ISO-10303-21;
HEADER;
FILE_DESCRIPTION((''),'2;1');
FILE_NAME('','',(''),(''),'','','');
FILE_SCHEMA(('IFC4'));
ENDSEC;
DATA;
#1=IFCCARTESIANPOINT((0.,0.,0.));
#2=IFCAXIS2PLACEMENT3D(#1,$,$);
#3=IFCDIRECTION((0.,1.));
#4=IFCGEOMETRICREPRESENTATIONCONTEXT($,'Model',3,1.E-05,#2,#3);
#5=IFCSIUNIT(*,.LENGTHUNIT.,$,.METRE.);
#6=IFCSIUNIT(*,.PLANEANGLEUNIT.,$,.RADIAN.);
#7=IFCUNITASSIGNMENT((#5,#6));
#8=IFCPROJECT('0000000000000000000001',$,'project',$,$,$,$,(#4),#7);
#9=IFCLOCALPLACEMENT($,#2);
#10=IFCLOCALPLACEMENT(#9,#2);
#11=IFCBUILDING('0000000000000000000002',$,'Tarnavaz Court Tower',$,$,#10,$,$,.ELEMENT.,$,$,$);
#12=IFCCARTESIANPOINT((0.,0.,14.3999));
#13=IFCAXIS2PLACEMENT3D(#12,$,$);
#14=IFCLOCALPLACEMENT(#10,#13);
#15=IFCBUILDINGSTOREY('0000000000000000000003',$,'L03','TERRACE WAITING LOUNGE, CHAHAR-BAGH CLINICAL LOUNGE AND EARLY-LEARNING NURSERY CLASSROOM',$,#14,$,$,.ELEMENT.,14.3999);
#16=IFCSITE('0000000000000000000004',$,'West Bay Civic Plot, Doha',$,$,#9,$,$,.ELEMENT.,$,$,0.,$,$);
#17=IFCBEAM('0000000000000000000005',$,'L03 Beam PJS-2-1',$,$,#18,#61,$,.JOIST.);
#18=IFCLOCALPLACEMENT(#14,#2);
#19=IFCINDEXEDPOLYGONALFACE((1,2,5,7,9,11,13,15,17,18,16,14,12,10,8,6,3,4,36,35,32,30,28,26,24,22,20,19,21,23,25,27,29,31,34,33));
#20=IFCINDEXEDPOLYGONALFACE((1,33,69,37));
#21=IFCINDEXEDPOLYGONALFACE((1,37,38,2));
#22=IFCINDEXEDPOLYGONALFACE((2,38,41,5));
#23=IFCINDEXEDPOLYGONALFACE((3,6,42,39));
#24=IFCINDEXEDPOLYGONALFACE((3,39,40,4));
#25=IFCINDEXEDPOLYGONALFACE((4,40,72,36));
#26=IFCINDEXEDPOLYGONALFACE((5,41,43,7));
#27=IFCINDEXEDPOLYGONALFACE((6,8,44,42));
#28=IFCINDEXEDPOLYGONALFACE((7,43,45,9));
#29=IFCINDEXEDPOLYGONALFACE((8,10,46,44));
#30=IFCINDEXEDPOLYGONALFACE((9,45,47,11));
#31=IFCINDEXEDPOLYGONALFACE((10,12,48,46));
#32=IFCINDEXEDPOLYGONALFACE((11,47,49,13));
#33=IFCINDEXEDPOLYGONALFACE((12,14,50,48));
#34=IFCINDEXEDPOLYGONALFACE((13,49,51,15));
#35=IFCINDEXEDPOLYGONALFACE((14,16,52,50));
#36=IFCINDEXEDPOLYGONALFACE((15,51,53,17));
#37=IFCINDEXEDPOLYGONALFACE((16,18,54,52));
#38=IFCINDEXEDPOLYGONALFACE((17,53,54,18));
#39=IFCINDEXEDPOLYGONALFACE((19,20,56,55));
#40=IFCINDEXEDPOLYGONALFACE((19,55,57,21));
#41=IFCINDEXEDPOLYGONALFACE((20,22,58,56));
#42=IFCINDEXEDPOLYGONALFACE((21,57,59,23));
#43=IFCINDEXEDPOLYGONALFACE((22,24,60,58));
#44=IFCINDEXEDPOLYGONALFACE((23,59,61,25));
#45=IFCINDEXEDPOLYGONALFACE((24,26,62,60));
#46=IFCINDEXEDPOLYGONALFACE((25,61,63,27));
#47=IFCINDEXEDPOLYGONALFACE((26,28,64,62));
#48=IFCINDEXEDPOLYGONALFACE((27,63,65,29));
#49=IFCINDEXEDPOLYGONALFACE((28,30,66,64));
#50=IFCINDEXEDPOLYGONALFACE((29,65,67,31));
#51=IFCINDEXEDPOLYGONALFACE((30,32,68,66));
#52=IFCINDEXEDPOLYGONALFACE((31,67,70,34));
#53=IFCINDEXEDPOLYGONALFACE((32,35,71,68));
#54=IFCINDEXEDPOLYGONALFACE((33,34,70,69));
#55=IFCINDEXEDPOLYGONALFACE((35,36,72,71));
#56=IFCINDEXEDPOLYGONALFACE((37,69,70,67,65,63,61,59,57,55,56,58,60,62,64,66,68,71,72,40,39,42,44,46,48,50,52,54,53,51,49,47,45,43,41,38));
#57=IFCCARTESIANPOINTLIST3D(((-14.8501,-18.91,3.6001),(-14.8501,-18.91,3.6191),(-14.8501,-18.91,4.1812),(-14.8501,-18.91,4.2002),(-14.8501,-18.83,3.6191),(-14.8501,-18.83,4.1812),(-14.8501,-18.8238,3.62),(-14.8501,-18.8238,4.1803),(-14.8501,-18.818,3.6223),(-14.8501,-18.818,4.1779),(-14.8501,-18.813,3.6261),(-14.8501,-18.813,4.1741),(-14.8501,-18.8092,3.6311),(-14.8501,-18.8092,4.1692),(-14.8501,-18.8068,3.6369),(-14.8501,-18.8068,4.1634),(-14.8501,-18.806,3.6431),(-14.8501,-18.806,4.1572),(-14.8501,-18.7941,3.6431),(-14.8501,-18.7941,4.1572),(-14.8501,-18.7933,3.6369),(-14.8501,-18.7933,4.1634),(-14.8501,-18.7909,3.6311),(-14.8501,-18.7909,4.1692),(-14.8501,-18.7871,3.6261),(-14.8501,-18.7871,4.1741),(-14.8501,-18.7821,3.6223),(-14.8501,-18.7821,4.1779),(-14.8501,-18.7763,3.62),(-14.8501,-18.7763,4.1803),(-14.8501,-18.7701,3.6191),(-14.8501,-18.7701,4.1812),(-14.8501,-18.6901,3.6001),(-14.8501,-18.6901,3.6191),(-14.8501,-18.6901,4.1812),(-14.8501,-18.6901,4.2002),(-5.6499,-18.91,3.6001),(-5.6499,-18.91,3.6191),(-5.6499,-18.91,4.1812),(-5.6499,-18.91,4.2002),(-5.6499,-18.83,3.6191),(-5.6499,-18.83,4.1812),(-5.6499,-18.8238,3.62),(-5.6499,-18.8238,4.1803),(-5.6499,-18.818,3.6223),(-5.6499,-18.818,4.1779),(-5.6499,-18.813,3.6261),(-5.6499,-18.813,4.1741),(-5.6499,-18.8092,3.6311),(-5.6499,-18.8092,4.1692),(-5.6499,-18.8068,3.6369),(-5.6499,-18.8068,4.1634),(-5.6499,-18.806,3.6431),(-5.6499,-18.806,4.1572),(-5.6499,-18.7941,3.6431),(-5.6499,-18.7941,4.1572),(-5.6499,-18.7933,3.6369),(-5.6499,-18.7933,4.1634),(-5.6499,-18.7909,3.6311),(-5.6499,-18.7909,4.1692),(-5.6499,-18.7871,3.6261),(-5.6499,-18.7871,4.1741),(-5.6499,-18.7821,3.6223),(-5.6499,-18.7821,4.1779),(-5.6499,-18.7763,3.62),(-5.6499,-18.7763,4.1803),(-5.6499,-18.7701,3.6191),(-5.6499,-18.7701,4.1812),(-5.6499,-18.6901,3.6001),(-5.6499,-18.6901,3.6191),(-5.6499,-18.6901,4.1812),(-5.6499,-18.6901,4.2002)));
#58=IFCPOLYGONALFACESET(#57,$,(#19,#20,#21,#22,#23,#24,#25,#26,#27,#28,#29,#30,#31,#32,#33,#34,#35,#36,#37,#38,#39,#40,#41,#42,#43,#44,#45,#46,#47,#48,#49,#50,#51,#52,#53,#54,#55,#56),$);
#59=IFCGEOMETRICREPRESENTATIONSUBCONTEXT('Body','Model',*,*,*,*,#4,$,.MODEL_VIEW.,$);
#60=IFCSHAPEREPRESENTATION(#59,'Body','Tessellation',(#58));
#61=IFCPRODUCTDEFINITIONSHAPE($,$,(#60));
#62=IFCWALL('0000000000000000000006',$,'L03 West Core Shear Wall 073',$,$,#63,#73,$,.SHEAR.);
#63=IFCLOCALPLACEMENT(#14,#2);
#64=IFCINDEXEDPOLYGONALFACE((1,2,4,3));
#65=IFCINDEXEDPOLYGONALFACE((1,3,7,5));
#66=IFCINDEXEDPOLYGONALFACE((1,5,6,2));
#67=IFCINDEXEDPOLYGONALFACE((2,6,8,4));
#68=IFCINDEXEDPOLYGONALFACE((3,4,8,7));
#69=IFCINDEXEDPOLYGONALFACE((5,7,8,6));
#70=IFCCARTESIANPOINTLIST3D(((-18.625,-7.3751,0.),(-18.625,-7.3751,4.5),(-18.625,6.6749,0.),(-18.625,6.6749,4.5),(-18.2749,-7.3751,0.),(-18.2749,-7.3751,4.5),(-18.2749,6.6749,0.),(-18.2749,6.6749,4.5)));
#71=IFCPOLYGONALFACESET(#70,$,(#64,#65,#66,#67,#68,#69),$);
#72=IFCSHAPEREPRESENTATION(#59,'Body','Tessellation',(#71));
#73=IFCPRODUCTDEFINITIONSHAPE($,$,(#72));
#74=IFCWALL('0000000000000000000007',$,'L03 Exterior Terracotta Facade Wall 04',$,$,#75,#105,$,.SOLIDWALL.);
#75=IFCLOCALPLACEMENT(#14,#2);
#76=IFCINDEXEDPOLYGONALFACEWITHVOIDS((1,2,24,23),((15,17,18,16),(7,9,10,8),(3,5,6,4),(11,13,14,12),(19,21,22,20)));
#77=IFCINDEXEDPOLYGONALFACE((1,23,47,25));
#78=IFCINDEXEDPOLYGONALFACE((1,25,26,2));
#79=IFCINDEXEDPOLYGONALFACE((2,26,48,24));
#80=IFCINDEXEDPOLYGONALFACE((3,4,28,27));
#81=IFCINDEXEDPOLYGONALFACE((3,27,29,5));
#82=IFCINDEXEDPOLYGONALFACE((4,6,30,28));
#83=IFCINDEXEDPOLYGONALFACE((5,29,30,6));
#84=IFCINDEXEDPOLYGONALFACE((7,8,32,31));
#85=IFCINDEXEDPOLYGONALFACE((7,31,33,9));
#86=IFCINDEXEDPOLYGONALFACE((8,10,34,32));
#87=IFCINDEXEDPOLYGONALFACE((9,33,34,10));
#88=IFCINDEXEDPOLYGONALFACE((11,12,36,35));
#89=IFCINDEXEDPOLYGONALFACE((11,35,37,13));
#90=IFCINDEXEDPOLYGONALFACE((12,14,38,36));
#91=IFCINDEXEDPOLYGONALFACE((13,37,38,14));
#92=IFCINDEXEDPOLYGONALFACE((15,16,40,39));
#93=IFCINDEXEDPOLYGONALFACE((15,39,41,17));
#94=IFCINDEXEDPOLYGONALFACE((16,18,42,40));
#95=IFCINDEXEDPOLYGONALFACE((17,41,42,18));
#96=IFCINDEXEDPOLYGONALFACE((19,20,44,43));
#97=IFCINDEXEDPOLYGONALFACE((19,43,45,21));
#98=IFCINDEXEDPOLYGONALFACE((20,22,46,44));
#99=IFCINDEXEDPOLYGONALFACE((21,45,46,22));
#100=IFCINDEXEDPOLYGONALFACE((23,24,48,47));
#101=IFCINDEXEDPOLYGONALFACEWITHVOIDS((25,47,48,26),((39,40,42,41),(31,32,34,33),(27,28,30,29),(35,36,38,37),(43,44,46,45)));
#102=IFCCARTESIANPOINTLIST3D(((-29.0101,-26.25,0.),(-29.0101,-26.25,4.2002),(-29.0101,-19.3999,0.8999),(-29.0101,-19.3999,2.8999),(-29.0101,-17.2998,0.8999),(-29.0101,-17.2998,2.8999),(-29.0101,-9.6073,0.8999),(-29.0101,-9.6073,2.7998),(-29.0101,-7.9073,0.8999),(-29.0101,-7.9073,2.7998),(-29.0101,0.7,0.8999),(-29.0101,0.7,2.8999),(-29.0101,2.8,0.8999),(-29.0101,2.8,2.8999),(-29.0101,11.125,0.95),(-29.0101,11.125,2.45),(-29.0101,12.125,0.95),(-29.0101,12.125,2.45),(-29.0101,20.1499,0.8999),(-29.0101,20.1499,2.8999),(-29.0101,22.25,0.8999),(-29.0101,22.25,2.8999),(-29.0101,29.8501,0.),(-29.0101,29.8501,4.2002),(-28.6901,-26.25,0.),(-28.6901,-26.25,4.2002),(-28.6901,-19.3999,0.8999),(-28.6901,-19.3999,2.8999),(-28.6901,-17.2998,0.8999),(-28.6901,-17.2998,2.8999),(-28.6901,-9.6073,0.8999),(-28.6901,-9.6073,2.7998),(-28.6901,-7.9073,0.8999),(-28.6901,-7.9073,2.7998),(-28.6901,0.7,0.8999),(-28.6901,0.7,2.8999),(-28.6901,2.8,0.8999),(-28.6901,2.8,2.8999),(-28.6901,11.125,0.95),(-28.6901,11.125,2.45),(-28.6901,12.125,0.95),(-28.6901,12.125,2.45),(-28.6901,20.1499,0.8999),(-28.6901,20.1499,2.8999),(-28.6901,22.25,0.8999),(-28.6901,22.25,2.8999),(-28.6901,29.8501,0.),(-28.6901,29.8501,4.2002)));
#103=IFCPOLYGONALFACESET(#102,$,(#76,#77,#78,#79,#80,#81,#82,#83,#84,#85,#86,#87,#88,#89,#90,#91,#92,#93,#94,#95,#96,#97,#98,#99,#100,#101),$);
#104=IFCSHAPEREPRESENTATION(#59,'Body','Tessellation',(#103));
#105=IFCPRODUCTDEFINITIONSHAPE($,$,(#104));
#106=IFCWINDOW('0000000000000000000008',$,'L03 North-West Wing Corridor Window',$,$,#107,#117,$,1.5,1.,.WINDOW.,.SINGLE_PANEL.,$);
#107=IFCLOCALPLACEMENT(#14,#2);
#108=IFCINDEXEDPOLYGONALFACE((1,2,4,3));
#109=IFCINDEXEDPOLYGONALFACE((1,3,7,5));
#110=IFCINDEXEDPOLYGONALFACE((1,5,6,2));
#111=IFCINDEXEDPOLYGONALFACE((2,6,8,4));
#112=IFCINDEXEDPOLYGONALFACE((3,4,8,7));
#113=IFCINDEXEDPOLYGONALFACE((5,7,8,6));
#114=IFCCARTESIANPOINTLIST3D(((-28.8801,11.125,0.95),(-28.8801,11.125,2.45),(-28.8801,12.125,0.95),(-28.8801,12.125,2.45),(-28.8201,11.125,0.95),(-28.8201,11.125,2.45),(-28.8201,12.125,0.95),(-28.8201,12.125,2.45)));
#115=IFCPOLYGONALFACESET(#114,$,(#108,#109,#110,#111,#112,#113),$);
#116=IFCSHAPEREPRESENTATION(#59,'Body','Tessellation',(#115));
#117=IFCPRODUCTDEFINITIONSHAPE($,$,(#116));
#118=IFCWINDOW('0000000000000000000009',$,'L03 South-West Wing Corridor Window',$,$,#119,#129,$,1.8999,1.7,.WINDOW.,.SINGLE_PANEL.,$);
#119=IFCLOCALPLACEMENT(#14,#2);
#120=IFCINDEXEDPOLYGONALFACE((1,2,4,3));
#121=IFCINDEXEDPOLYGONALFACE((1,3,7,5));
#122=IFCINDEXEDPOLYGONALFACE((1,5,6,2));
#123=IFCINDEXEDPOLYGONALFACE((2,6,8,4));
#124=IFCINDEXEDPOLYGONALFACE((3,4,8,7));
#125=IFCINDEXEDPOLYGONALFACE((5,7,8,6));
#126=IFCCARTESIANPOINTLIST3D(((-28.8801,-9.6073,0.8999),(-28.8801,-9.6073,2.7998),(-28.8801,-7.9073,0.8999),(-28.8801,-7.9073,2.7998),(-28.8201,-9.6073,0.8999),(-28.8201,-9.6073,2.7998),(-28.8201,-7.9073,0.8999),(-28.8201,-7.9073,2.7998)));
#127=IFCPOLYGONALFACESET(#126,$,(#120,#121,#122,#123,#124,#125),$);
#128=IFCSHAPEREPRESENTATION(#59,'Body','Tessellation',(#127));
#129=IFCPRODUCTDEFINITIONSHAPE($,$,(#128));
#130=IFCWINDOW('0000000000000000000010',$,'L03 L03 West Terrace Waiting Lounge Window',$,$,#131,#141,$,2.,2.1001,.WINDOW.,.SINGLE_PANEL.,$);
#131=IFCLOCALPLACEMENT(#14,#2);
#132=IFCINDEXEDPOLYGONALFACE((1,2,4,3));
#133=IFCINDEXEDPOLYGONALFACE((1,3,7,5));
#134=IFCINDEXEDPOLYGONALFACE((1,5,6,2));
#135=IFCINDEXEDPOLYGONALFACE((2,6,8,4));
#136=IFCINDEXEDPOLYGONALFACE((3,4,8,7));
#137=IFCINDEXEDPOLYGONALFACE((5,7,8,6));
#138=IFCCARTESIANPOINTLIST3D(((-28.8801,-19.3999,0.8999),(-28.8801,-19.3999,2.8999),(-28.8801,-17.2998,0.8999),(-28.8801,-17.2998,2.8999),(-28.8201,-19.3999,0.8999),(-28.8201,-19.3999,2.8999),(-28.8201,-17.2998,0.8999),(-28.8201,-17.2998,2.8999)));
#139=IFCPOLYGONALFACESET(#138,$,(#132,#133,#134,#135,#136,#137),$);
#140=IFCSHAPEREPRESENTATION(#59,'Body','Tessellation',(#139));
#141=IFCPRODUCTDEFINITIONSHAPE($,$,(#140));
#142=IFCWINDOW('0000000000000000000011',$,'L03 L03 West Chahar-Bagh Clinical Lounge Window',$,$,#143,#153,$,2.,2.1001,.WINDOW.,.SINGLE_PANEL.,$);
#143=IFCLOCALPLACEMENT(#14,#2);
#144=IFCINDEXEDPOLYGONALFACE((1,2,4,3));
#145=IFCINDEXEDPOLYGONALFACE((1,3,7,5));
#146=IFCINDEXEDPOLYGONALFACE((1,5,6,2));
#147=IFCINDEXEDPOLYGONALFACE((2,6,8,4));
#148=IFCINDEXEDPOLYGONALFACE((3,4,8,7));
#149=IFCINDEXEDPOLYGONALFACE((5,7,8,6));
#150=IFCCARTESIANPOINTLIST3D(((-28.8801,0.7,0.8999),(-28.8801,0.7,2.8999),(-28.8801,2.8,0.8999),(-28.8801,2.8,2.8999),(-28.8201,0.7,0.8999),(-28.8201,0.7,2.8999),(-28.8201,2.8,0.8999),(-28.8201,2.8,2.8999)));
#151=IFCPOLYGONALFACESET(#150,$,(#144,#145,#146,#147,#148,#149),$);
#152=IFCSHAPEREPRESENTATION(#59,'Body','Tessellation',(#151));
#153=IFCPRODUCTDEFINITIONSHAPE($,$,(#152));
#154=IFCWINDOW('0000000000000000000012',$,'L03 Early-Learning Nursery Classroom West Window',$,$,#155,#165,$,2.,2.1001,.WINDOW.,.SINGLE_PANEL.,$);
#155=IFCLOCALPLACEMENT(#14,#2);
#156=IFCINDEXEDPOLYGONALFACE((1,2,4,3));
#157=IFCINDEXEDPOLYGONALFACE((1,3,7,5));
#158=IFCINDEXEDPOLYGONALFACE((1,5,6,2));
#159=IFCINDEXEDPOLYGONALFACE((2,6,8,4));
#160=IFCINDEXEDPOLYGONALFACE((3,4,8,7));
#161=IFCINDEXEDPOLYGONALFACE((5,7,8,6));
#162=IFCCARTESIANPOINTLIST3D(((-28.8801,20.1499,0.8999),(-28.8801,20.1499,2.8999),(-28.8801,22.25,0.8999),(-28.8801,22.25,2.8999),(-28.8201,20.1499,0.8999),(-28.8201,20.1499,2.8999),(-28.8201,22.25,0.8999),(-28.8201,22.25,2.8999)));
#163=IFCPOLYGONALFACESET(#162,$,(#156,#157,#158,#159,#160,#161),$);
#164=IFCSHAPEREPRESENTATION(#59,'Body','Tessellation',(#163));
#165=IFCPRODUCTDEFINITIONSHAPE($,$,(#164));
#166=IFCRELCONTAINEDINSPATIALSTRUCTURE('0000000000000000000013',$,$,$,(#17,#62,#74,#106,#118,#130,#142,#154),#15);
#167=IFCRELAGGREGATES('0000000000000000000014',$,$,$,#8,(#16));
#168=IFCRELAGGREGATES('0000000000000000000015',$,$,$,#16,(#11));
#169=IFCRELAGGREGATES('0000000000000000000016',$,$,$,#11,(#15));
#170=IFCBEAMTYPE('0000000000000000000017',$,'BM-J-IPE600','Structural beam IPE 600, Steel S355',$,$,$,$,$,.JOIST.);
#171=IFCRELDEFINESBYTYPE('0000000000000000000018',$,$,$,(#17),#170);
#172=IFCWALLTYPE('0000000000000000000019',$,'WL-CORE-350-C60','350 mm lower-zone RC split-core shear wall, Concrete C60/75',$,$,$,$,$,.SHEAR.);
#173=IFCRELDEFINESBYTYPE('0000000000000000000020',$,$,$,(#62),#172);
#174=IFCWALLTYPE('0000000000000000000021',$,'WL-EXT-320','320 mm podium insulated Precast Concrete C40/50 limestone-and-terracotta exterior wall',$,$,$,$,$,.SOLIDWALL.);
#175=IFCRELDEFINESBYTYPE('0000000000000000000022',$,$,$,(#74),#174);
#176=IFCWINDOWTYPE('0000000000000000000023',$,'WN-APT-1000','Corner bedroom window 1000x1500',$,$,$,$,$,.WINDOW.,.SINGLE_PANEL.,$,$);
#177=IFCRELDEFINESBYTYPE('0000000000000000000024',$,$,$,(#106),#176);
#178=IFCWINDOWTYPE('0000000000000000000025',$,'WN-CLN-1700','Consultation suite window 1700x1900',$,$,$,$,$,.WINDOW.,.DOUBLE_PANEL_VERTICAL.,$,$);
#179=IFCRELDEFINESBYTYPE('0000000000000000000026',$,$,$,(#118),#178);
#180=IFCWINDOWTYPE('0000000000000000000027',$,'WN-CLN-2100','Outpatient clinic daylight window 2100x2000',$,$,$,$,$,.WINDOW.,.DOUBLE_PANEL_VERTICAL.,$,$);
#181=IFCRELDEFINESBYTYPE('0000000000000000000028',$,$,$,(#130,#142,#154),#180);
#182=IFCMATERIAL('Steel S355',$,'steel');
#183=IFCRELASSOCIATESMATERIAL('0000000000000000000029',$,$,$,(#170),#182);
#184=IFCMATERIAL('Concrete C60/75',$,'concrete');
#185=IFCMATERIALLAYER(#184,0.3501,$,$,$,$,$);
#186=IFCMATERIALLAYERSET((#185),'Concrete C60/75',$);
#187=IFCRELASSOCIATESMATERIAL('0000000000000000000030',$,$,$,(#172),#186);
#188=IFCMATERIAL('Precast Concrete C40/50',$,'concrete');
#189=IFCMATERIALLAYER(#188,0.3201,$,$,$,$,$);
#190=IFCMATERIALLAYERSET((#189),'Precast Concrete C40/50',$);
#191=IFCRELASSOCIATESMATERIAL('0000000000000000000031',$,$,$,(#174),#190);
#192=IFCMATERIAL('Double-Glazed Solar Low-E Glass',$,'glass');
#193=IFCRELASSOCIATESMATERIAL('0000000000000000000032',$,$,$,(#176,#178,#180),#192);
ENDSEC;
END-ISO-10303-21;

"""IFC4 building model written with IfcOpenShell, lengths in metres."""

from ifc_helpers import new_model, si_unit, direction, frame, frame_2d, origin, origin_2d, place, context, subcontext, project, spatial, rectangle, i_section, extrude, material, layer, layer_set, material_profile, profile_set, type_object, element, fill, save


model = new_model("IFC4")

# Units and contexts
model_context = context("Model", 3, precision=1e-05, world=origin(), true_north=direction((0.0, 1.0)))
body_context = subcontext(model_context, "Body", "Model", "MODEL_VIEW")
ifc_project = project(units=[si_unit("LENGTHUNIT", "METRE"), si_unit("PLANEANGLEUNIT", "RADIAN")], contexts=[model_context])

# Site, building, storey
site_placement = place(None, origin())
site = spatial("IfcSite", under=ifc_project, at=site_placement, Name="West Bay Civic Plot, Doha", CompositionType="ELEMENT", RefElevation=0.0)
building_placement = place(site_placement, origin())
building = spatial("IfcBuilding", under=site, at=building_placement, Name="Tarnavaz Court Tower", CompositionType="ELEMENT")
storey_placement = place(building_placement, frame((0.0, 0.0, 14.3999)))
storey = spatial("IfcBuildingStorey", under=building, at=storey_placement, Name="L03", Description="TERRACE WAITING LOUNGE, CHAHAR-BAGH CLINICAL LOUNGE AND EARLY-LEARNING NURSERY CLASSROOM", CompositionType="ELEMENT", Elevation=14.3999)

# Shared definitions
ifc_material_1 = material(Name="Concrete C60/75", Category="concrete")

# Beam
ifc_material_2 = material(Name="Steel S355", Category="steel")
ifc_material_profile_1 = material_profile(ifc_material_2, i_section(OverallWidth=0.22, OverallDepth=0.6001, WebThickness=0.012, FlangeThickness=0.019, FilletRadius=0.0239, at=origin_2d()), Name="IPE 600")
ifc_profile_set_1 = profile_set([ifc_material_profile_1], Name="Steel S355")
beam_type_1 = type_object("IfcBeamType", Name="BM-J-IPE600", Description="Structural beam IPE 600, Steel S355", PredefinedType="JOIST", material=ifc_profile_set_1)
for number, where, z_axis, x_axis, name in (
    (1, (-14.8501, -18.8, 3.9001), (1.0, 0.0, 0.0), (0.0, 1.0, 0.0), "L03 Beam PJS-2-1"),
):
    element("IfcBeam", number, at=place(storey_placement, frame(where, z_axis=z_axis, x_axis=x_axis)), inside=storey, type_object=beam_type_1, Name=name, PredefinedType="JOIST", context=body_context, shape_type="SweptSolid", body=[
        extrude(i_section(OverallWidth=0.22, OverallDepth=0.6001, WebThickness=0.012, FlangeThickness=0.019, FilletRadius=0.0239, at=origin_2d()), origin(), (0.0, 0.0, 1.0), 9.2002),
    ])

# Wall
ifc_layer_1 = layer(ifc_material_1, 0.3501)
ifc_layer_set_1 = layer_set([ifc_layer_1], Name="Concrete C60/75")
wall_type_1 = type_object("IfcWallType", Name="WL-CORE-350-C60", Description="350 mm lower-zone RC split-core shear wall, Concrete C60/75", PredefinedType="SHEAR", material=ifc_layer_set_1)
wall_1_placement = place(storey_placement, frame((-18.45, -7.375, 0.0), z_axis=(0.0, 0.0, 1.0), x_axis=(0.0, 1.0, 0.0)))
element("IfcWall", 2, at=wall_1_placement, inside=storey, type_object=wall_type_1, Name="L03 West Core Shear Wall 073", PredefinedType="SHEAR", context=body_context, shape_type="SweptSolid", body=[
    extrude(rectangle(XDim=14.05, YDim=0.3501, at=frame_2d((7.0249, 0.0))), origin(), (0.0, 0.0, 1.0), 4.5),
])

# Wall, openings, windows
ifc_material_3 = material(Name="Precast Concrete C40/50", Category="concrete")
ifc_layer_2 = layer(ifc_material_3, 0.3201)
ifc_layer_set_2 = layer_set([ifc_layer_2], Name="Precast Concrete C40/50")
wall_type_2 = type_object("IfcWallType", Name="WL-EXT-320", Description="320 mm podium insulated Precast Concrete C40/50 limestone-and-terracotta exterior wall", PredefinedType="SOLIDWALL", material=ifc_layer_set_2)
wall_2_placement = place(storey_placement, frame((-28.8501, -26.25, 0.0), z_axis=(0.0, 0.0, 1.0), x_axis=(0.0, 1.0, 0.0)))
wall_2 = element("IfcWall", 3, at=wall_2_placement, inside=storey, type_object=wall_type_2, Name="L03 Exterior Terracotta Facade Wall 04", PredefinedType="SOLIDWALL", context=body_context, shape_type="SweptSolid", body=[
    extrude(rectangle(XDim=56.1001, YDim=0.3201, at=frame_2d((28.05, 0.0))), origin(), (0.0, 0.0, 1.0), 4.2002),
])
opening_1_placement = place(wall_2_placement, frame((6.8501, 0.0, 0.8999)))
opening_1 = element("IfcOpeningElement", 4, at=opening_1_placement, cuts=wall_2, PredefinedType="OPENING", context=body_context, shape_type="SweptSolid", body=[
    extrude(rectangle(XDim=2.1001, YDim=2.0, at=frame_2d((1.05, 1.0))), frame((0.0, 0.1699, 0.0), z_axis=(0.0, -1.0, 0.0), x_axis=(1.0, 0.0, 0.0)), (0.0, 0.0, 1.0), 0.3401),
])
opening_2_placement = place(wall_2_placement, frame((16.6426, 0.0, 0.8999)))
opening_2 = element("IfcOpeningElement", 5, at=opening_2_placement, cuts=wall_2, PredefinedType="OPENING", context=body_context, shape_type="SweptSolid", body=[
    extrude(rectangle(XDim=1.7, YDim=1.8999, at=frame_2d((0.8501, 0.95))), frame((0.0, 0.1699, 0.0), z_axis=(0.0, -1.0, 0.0), x_axis=(1.0, 0.0, 0.0)), (0.0, 0.0, 1.0), 0.3401),
])
opening_3_placement = place(wall_2_placement, frame((26.95, 0.0, 0.8999)))
opening_3 = element("IfcOpeningElement", 6, at=opening_3_placement, cuts=wall_2, PredefinedType="OPENING", context=body_context, shape_type="SweptSolid", body=[
    extrude(rectangle(XDim=2.1001, YDim=2.0, at=frame_2d((1.05, 1.0))), frame((0.0, 0.1699, 0.0), z_axis=(0.0, -1.0, 0.0), x_axis=(1.0, 0.0, 0.0)), (0.0, 0.0, 1.0), 0.3401),
])
opening_4_placement = place(wall_2_placement, frame((37.375, 0.0, 0.95)))
opening_4 = element("IfcOpeningElement", 7, at=opening_4_placement, cuts=wall_2, PredefinedType="OPENING", context=body_context, shape_type="SweptSolid", body=[
    extrude(rectangle(XDim=1.0, YDim=1.5, at=frame_2d((0.5, 0.75))), frame((0.0, 0.1699, 0.0), z_axis=(0.0, -1.0, 0.0), x_axis=(1.0, 0.0, 0.0)), (0.0, 0.0, 1.0), 0.3401),
])
opening_5_placement = place(wall_2_placement, frame((46.3999, 0.0, 0.8999)))
opening_5 = element("IfcOpeningElement", 8, at=opening_5_placement, cuts=wall_2, PredefinedType="OPENING", context=body_context, shape_type="SweptSolid", body=[
    extrude(rectangle(XDim=2.1001, YDim=2.0, at=frame_2d((1.05, 1.0))), frame((0.0, 0.1699, 0.0), z_axis=(0.0, -1.0, 0.0), x_axis=(1.0, 0.0, 0.0)), (0.0, 0.0, 1.0), 0.3401),
])
ifc_material_4 = material(Name="Double-Glazed Solar Low-E Glass", Category="glass")
window_type_1 = type_object("IfcWindowType", Name="WN-APT-1000", Description="Corner bedroom window 1000x1500", PartitioningType="SINGLE_PANEL", PredefinedType="WINDOW", material=ifc_material_4)
window_1_placement = place(opening_4_placement, origin())
window_1 = element("IfcWindow", 9, at=window_1_placement, inside=storey, type_object=window_type_1, Name="L03 North-West Wing Corridor Window", OverallHeight=1.5, OverallWidth=1.0, PartitioningType="SINGLE_PANEL", PredefinedType="WINDOW", context=body_context, shape_type="SweptSolid", body=[
    extrude(rectangle(XDim=1.0, YDim=1.5, at=frame_2d((0.5, 0.75))), frame((0.0, 0.03, 0.0), z_axis=(0.0, -1.0, 0.0), x_axis=(1.0, 0.0, 0.0)), (0.0, 0.0, 1.0), 0.0601),
])
fill(opening_4, window_1)
window_type_2 = type_object("IfcWindowType", Name="WN-CLN-1700", Description="Consultation suite window 1700x1900", PartitioningType="DOUBLE_PANEL_VERTICAL", PredefinedType="WINDOW", material=ifc_material_4)
window_2_placement = place(opening_2_placement, origin())
window_2 = element("IfcWindow", 10, at=window_2_placement, inside=storey, type_object=window_type_2, Name="L03 South-West Wing Corridor Window", OverallHeight=1.8999, OverallWidth=1.7, PartitioningType="SINGLE_PANEL", PredefinedType="WINDOW", context=body_context, shape_type="SweptSolid", body=[
    extrude(rectangle(XDim=1.7, YDim=1.8999, at=frame_2d((0.8501, 0.95))), frame((0.0, 0.03, 0.0), z_axis=(0.0, -1.0, 0.0), x_axis=(1.0, 0.0, 0.0)), (0.0, 0.0, 1.0), 0.0601),
])
fill(opening_2, window_2)
window_type_3 = type_object("IfcWindowType", Name="WN-CLN-2100", Description="Outpatient clinic daylight window 2100x2000", PartitioningType="DOUBLE_PANEL_VERTICAL", PredefinedType="WINDOW", material=ifc_material_4)
window_3_placement = place(opening_1_placement, origin())
window_3 = element("IfcWindow", 11, at=window_3_placement, inside=storey, type_object=window_type_3, Name="L03 L03 West Terrace Waiting Lounge Window", OverallHeight=2.0, OverallWidth=2.1001, PartitioningType="SINGLE_PANEL", PredefinedType="WINDOW", context=body_context, shape_type="SweptSolid", body=[
    extrude(rectangle(XDim=2.1001, YDim=2.0, at=frame_2d((1.05, 1.0))), frame((0.0, 0.03, 0.0), z_axis=(0.0, -1.0, 0.0), x_axis=(1.0, 0.0, 0.0)), (0.0, 0.0, 1.0), 0.0601),
])
fill(opening_1, window_3)
window_4_placement = place(opening_3_placement, origin())
window_4 = element("IfcWindow", 12, at=window_4_placement, inside=storey, type_object=window_type_3, Name="L03 L03 West Chahar-Bagh Clinical Lounge Window", OverallHeight=2.0, OverallWidth=2.1001, PartitioningType="SINGLE_PANEL", PredefinedType="WINDOW", context=body_context, shape_type="SweptSolid", body=[
    extrude(rectangle(XDim=2.1001, YDim=2.0, at=frame_2d((1.05, 1.0))), frame((0.0, 0.03, 0.0), z_axis=(0.0, -1.0, 0.0), x_axis=(1.0, 0.0, 0.0)), (0.0, 0.0, 1.0), 0.0601),
])
fill(opening_3, window_4)
window_5_placement = place(opening_5_placement, origin())
window_5 = element("IfcWindow", 13, at=window_5_placement, inside=storey, type_object=window_type_3, Name="L03 Early-Learning Nursery Classroom West Window", OverallHeight=2.0, OverallWidth=2.1001, PartitioningType="SINGLE_PANEL", PredefinedType="WINDOW", context=body_context, shape_type="SweptSolid", body=[
    extrude(rectangle(XDim=2.1001, YDim=2.0, at=frame_2d((1.05, 1.0))), frame((0.0, 0.03, 0.0), z_axis=(0.0, -1.0, 0.0), x_axis=(1.0, 0.0, 0.0)), (0.0, 0.0, 1.0), 0.0601),
])
fill(opening_5, window_5)

save(model, "model.ifc")
